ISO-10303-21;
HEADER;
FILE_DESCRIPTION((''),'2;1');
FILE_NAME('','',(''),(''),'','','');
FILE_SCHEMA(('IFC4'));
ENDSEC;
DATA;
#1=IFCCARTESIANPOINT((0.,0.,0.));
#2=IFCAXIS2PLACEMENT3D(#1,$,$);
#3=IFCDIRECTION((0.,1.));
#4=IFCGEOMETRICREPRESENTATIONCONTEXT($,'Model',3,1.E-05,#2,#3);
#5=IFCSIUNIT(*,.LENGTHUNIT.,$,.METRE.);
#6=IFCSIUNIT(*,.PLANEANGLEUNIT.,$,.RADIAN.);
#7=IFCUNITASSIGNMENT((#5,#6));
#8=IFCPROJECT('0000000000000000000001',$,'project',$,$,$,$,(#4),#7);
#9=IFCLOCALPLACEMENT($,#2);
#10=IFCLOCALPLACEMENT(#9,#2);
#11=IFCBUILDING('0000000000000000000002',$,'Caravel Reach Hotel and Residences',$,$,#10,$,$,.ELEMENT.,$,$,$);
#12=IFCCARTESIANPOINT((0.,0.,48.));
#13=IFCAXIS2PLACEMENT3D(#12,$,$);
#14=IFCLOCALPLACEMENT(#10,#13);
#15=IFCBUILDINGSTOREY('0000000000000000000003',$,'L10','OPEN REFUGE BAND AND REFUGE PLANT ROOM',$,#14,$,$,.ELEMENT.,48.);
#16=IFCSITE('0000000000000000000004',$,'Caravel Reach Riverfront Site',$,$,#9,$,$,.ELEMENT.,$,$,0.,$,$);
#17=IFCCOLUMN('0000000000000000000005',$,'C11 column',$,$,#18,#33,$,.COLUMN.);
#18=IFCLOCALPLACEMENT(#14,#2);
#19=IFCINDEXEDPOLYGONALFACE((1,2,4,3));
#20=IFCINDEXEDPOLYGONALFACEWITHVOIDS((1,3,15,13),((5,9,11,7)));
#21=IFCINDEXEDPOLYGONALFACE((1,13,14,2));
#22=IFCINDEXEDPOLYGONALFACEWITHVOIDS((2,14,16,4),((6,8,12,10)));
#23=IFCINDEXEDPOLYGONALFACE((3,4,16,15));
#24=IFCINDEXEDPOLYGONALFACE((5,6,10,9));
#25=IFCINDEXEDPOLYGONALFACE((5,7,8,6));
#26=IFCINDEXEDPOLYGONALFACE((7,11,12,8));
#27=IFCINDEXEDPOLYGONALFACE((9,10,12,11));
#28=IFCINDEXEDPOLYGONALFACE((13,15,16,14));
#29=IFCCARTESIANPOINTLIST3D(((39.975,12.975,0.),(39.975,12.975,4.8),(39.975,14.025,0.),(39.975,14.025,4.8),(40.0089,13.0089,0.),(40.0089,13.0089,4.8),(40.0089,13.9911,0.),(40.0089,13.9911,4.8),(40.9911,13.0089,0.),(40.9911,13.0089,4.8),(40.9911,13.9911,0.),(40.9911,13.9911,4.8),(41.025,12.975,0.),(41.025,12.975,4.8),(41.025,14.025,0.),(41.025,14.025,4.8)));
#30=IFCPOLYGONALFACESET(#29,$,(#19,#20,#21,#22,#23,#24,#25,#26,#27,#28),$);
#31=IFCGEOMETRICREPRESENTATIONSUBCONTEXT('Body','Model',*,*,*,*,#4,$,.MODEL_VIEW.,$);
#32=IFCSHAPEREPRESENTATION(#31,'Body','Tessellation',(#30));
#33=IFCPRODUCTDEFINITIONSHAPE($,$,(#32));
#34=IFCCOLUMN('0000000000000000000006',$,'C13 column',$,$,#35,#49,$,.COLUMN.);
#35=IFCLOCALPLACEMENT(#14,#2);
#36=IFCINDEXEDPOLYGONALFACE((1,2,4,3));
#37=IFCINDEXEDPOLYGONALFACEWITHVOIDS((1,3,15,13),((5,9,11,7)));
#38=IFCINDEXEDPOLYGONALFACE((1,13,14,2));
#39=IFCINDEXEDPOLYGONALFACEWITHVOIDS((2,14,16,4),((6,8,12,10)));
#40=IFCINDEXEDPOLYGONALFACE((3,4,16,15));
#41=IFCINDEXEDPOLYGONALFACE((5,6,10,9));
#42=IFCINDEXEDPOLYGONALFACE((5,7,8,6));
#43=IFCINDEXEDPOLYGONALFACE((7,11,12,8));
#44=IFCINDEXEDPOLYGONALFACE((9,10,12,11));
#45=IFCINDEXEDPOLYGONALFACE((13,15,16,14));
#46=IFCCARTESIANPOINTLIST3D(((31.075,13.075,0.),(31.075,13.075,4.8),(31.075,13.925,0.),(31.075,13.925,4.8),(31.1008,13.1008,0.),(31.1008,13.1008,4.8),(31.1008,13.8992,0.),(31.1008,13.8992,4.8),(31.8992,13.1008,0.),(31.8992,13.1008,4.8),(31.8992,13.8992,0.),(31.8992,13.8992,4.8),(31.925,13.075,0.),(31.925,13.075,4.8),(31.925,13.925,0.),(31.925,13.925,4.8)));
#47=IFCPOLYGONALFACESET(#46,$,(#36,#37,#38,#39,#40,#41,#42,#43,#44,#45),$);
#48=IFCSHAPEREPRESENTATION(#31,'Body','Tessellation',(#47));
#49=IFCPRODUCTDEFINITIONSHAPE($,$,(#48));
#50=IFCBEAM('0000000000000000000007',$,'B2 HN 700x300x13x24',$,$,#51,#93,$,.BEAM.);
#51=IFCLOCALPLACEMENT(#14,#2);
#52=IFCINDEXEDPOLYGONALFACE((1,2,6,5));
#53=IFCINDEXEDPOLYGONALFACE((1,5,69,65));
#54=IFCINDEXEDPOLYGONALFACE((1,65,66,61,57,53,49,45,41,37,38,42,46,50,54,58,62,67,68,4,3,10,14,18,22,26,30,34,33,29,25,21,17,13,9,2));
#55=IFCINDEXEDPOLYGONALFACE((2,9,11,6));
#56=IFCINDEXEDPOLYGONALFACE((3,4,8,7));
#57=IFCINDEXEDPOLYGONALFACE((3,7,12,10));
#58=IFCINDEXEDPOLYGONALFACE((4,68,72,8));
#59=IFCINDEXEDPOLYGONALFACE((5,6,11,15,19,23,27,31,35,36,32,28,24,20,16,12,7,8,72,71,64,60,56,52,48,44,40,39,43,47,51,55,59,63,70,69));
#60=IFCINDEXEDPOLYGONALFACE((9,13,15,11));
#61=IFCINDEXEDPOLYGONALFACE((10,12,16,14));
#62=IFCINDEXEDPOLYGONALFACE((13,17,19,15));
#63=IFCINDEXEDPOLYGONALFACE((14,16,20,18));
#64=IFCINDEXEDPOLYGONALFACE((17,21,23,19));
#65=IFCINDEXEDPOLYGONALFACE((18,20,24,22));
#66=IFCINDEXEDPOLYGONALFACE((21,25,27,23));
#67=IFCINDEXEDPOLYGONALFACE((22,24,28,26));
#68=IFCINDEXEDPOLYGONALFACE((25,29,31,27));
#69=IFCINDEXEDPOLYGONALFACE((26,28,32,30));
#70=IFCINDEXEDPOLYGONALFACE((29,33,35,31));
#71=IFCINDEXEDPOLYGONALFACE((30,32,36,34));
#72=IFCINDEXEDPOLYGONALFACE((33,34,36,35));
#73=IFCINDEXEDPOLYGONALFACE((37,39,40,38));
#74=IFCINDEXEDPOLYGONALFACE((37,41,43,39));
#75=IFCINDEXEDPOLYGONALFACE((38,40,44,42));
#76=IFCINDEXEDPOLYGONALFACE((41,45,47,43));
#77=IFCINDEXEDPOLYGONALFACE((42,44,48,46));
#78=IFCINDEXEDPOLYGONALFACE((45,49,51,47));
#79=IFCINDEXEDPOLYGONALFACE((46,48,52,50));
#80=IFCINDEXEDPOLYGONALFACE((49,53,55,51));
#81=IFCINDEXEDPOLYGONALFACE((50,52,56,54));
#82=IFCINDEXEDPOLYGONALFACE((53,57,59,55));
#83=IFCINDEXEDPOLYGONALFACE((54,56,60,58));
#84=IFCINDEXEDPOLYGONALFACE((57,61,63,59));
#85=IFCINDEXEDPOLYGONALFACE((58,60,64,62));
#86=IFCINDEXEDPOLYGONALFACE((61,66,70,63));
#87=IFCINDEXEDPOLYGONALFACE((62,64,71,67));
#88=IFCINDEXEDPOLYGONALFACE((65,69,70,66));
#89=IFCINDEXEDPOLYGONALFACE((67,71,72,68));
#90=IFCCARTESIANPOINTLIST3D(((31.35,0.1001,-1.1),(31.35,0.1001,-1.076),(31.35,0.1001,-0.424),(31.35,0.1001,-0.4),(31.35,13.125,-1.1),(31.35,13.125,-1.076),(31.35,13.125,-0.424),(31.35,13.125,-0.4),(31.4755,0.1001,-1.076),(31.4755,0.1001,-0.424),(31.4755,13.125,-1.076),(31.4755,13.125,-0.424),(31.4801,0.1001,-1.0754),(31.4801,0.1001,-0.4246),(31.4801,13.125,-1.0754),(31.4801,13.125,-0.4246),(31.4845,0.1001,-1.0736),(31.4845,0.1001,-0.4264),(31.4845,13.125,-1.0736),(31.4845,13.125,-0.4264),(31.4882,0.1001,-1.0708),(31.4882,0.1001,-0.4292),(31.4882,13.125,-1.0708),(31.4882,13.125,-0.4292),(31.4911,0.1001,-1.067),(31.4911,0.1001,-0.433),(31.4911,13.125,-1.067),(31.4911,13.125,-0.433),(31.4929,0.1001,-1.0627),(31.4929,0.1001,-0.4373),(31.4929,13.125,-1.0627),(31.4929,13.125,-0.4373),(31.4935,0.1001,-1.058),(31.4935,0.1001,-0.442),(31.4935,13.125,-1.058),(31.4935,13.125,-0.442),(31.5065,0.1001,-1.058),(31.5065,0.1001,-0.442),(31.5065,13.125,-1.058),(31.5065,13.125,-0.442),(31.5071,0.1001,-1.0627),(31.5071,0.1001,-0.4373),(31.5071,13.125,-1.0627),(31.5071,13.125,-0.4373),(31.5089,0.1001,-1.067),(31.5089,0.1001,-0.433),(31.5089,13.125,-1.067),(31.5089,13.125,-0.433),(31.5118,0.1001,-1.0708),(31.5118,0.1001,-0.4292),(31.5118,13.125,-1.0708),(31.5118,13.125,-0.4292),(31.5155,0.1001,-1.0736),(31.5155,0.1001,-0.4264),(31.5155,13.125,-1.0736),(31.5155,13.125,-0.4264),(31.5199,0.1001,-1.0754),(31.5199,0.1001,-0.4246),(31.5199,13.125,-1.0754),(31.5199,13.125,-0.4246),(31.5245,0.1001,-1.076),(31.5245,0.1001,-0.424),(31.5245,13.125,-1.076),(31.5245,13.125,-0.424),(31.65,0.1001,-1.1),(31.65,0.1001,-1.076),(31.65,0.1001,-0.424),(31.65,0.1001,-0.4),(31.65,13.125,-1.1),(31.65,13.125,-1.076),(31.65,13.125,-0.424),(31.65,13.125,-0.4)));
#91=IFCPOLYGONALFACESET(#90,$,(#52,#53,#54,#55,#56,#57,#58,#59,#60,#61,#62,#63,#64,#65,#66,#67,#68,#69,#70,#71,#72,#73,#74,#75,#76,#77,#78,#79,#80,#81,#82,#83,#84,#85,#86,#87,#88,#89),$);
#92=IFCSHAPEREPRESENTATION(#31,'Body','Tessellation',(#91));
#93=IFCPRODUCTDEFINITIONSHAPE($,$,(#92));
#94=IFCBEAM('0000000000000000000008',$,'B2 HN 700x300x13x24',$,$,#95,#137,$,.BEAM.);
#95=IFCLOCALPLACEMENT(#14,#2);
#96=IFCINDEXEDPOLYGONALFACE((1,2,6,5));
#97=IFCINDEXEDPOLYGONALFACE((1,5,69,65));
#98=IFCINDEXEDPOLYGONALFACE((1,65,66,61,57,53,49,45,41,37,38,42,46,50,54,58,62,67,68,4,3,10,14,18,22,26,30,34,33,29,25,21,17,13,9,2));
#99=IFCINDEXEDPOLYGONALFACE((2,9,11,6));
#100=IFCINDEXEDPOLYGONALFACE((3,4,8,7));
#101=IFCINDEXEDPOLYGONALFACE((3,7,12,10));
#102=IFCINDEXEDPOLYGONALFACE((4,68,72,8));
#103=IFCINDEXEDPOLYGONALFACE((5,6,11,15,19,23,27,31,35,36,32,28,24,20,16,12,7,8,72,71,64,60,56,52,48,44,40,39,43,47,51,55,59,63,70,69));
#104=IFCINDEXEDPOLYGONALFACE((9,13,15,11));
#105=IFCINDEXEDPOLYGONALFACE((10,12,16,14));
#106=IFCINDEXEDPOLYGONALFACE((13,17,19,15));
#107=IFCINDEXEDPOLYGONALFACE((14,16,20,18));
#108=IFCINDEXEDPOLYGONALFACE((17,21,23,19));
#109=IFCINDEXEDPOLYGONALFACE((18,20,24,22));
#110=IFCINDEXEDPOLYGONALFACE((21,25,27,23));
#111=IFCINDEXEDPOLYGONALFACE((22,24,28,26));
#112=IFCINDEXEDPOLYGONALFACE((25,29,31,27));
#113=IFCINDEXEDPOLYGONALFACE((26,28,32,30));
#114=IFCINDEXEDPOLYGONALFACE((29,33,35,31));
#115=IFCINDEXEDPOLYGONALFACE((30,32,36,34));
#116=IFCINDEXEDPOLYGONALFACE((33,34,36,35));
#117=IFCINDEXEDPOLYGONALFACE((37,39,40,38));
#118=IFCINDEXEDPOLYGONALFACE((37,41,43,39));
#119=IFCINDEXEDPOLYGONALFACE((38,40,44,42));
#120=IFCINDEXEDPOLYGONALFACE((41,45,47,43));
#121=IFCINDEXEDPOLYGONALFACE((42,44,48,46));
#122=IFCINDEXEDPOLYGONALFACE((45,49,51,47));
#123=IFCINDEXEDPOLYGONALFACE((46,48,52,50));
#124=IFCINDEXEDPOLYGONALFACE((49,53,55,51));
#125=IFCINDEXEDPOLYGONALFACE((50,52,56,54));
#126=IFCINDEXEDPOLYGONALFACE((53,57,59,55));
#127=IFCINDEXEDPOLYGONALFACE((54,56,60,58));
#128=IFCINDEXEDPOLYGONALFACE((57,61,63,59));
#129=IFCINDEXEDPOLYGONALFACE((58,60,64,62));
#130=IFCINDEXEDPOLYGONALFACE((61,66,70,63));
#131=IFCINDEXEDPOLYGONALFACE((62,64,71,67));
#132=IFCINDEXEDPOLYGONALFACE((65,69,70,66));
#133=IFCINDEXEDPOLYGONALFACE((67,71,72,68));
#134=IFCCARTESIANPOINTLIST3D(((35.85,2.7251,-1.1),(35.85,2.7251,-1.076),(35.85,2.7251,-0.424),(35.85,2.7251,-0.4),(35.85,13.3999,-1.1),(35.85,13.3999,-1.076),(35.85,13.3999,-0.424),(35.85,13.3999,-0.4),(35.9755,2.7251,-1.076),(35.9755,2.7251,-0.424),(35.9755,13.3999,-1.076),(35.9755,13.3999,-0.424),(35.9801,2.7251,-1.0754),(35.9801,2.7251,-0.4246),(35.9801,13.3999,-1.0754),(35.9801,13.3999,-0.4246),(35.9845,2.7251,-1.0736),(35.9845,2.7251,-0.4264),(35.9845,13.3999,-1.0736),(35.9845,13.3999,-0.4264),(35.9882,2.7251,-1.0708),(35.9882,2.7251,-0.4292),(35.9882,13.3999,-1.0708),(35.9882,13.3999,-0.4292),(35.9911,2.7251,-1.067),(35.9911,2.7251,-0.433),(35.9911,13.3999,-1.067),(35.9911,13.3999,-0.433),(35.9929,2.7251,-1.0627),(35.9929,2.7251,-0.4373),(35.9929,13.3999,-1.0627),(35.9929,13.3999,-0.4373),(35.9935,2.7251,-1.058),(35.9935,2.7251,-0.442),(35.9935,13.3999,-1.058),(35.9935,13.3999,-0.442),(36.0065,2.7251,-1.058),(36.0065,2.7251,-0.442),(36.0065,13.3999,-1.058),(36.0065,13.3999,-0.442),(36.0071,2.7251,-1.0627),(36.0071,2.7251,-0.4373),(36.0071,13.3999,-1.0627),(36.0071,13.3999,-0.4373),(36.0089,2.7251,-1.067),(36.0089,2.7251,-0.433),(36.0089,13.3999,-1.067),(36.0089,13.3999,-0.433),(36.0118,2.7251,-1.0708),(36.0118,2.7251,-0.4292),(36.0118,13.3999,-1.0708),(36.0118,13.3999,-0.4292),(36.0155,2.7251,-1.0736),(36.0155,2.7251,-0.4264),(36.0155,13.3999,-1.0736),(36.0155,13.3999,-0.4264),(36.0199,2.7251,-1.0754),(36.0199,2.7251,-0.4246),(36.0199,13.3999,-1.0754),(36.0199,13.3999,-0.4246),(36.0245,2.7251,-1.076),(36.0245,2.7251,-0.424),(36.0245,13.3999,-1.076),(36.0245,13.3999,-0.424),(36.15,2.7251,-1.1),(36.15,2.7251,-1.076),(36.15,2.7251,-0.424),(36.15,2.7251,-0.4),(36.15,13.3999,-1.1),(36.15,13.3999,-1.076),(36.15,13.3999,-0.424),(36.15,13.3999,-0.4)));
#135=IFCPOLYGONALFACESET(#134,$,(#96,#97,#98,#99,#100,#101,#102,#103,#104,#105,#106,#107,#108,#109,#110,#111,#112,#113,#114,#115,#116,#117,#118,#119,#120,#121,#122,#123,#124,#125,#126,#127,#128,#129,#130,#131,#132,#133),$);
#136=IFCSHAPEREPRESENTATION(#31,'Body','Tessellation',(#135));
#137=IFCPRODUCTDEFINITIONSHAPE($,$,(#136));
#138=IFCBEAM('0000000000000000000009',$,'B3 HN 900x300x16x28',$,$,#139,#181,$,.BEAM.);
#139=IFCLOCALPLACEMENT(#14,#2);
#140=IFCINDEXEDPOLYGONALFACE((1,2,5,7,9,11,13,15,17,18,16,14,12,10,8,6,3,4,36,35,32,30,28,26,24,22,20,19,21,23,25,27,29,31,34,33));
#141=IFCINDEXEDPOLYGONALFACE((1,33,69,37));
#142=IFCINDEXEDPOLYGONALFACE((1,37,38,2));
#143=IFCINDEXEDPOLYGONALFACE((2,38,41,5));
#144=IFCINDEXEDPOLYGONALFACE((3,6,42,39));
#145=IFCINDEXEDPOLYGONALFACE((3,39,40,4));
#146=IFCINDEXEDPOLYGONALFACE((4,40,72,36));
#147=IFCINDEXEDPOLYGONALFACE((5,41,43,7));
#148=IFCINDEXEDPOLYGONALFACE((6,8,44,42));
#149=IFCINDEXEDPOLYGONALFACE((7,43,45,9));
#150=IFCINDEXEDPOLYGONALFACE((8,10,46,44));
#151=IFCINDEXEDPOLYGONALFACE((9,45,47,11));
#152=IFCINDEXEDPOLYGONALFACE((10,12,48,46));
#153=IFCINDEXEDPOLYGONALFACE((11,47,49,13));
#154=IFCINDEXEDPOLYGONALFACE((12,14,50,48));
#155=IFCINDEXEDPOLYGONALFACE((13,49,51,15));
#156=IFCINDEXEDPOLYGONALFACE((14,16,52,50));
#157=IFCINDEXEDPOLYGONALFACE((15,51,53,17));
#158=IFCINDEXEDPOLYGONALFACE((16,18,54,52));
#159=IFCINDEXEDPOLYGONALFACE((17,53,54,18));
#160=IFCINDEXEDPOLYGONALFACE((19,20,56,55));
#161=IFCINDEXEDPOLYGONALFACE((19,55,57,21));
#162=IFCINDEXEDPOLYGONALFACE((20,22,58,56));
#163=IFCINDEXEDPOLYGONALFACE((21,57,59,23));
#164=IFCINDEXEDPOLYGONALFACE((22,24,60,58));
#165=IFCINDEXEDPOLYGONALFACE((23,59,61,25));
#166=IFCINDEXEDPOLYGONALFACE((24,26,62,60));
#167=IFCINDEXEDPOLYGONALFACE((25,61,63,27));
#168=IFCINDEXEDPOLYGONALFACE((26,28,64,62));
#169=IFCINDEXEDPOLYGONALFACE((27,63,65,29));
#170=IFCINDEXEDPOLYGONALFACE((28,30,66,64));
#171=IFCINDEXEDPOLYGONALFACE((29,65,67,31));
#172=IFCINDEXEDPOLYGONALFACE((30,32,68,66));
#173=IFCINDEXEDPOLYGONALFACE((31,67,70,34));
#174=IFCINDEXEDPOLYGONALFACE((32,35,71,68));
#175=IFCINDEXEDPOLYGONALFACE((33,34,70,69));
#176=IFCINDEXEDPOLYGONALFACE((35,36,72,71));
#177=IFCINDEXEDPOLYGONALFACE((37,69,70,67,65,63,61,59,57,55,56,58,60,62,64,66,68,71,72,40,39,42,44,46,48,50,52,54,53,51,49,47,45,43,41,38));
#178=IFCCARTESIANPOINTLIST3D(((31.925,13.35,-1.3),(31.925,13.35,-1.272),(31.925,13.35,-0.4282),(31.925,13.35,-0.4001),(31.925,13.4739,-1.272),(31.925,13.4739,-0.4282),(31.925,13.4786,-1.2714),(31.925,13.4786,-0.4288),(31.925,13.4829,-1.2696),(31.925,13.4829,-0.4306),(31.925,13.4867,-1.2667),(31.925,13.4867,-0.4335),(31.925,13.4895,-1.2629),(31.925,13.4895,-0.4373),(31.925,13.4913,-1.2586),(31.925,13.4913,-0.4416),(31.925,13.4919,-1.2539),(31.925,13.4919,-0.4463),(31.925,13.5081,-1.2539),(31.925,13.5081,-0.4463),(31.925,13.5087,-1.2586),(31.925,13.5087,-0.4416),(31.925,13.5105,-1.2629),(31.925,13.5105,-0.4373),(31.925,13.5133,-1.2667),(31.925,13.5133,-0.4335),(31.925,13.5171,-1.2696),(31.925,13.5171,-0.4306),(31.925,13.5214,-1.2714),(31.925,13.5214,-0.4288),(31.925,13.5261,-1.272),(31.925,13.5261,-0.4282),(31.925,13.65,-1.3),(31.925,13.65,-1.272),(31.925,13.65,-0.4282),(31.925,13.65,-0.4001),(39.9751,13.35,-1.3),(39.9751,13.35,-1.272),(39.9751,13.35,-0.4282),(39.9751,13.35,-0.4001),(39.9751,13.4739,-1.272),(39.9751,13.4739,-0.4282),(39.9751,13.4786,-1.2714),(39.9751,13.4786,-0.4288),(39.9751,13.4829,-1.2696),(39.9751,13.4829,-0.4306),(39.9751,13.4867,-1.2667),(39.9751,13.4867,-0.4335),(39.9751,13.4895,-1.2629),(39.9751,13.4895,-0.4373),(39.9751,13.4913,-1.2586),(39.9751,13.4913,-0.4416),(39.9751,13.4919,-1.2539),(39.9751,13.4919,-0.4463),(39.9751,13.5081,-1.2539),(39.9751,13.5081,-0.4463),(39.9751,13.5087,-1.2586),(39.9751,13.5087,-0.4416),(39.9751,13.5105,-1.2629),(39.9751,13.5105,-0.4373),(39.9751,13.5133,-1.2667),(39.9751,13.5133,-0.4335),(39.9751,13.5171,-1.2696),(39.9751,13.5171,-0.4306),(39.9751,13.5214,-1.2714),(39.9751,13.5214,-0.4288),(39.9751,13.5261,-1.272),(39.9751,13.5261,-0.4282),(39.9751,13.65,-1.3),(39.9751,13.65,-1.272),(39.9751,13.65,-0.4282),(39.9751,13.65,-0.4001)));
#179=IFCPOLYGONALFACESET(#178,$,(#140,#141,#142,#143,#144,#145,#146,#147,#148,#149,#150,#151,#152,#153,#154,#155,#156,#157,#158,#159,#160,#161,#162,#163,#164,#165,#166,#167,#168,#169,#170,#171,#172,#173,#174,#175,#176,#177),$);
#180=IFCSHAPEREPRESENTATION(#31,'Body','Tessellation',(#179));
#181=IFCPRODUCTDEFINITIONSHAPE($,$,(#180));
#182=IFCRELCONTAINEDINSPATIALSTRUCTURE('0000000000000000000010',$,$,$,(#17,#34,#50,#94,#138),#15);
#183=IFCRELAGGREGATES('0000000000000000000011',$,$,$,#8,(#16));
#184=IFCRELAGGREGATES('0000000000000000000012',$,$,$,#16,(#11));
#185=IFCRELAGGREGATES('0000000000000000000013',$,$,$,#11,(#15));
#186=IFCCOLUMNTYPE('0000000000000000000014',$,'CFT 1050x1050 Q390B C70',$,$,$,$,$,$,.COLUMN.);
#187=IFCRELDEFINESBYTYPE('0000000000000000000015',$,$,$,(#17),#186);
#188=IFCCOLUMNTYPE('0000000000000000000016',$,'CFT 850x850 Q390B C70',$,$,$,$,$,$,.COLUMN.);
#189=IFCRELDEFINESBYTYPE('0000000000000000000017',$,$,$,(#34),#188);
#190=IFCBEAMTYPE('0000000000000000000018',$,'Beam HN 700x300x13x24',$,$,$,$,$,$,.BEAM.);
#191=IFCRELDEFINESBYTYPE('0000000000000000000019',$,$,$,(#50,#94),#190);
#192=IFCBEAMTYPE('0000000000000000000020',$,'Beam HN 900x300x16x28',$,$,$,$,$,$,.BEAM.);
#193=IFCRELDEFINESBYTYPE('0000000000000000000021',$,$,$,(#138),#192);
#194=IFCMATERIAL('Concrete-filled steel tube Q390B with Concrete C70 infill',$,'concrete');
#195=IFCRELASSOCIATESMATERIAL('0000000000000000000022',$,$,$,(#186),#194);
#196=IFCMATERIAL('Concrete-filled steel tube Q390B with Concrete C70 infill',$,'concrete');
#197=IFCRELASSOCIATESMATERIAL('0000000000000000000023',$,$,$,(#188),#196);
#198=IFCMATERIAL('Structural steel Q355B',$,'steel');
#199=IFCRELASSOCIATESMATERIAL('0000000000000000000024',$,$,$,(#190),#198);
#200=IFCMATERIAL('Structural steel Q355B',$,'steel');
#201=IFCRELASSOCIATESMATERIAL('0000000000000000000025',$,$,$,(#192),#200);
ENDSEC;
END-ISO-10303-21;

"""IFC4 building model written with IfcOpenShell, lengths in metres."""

from ifc_helpers import new_model, si_unit, direction, frame, origin, origin_2d, place, context, subcontext, project, spatial, hollow_rectangle, i_section, extrude, material, material_profile, profile_set, type_object, element, save


model = new_model("IFC4")

# Units and contexts
model_context = context("Model", 3, precision=1e-05, world=origin(), true_north=direction((0.0, 1.0)))
body_context = subcontext(model_context, "Body", "Model", "MODEL_VIEW")
ifc_project = project(units=[si_unit("LENGTHUNIT", "METRE"), si_unit("PLANEANGLEUNIT", "RADIAN")], contexts=[model_context])

# Site, building, storey
site_placement = place(None, origin())
site = spatial("IfcSite", under=ifc_project, at=site_placement, Name="Caravel Reach Riverfront Site", CompositionType="ELEMENT", RefElevation=0.0)
building_placement = place(site_placement, origin())
building = spatial("IfcBuilding", under=site, at=building_placement, Name="Caravel Reach Hotel and Residences", CompositionType="ELEMENT")
storey_placement = place(building_placement, frame((0.0, 0.0, 48.0)))
storey = spatial("IfcBuildingStorey", under=building, at=storey_placement, Name="L10", Description="OPEN REFUGE BAND AND REFUGE PLANT ROOM", CompositionType="ELEMENT", Elevation=48.0)

# Columns
ifc_material_1 = material(Name="Concrete-filled steel tube Q390B with Concrete C70 infill", Category="concrete")
ifc_material_profile_1 = material_profile(ifc_material_1, hollow_rectangle(XDim=1.05, YDim=1.05, WallThickness=0.0339, at=origin_2d()), Name="RHS 1050x1050x34")
ifc_profile_set_1 = profile_set([ifc_material_profile_1], Name="Concrete-filled steel tube Q390B with Concrete C70 infill")
column_type_1 = type_object("IfcColumnType", Name="CFT 1050x1050 Q390B C70", PredefinedType="COLUMN", material=ifc_profile_set_1)
column_1_placement = place(storey_placement, frame((40.5, 13.5, 0.0), z_axis=(0.0, 0.0, 1.0), x_axis=(1.0, 0.0, 0.0)))
element("IfcColumn", 1, at=column_1_placement, inside=storey, type_object=column_type_1, Name="C11 column", PredefinedType="COLUMN", context=body_context, shape_type="SweptSolid", body=[
    extrude(hollow_rectangle(XDim=1.05, YDim=1.05, WallThickness=0.0339, at=origin_2d()), origin(), (0.0, 0.0, 1.0), 4.8),
])
ifc_material_2 = material(Name="Concrete-filled steel tube Q390B with Concrete C70 infill", Category="concrete")
ifc_material_profile_2 = material_profile(ifc_material_2, hollow_rectangle(XDim=0.8501, YDim=0.8501, WallThickness=0.0259, at=origin_2d()), Name="RHS 850x850x26")
ifc_profile_set_2 = profile_set([ifc_material_profile_2], Name="Concrete-filled steel tube Q390B with Concrete C70 infill")
column_type_2 = type_object("IfcColumnType", Name="CFT 850x850 Q390B C70", PredefinedType="COLUMN", material=ifc_profile_set_2)
column_2_placement = place(storey_placement, frame((31.5, 13.5, 0.0), z_axis=(0.0, 0.0, 1.0), x_axis=(1.0, 0.0, 0.0)))
element("IfcColumn", 2, at=column_2_placement, inside=storey, type_object=column_type_2, Name="C13 column", PredefinedType="COLUMN", context=body_context, shape_type="SweptSolid", body=[
    extrude(hollow_rectangle(XDim=0.8501, YDim=0.8501, WallThickness=0.0259, at=origin_2d()), origin(), (0.0, 0.0, 1.0), 4.8),
])

# Beams
ifc_material_3 = material(Name="Structural steel Q355B", Category="steel")
ifc_material_profile_3 = material_profile(ifc_material_3, i_section(OverallWidth=0.3, OverallDepth=0.7, WebThickness=0.0129, FlangeThickness=0.0239, FilletRadius=0.0181, at=origin_2d()), Name="HN 700x300x13x24")
ifc_profile_set_3 = profile_set([ifc_material_profile_3], Name="Structural steel Q355B")
beam_type_1 = type_object("IfcBeamType", Name="Beam HN 700x300x13x24", PredefinedType="BEAM", material=ifc_profile_set_3)
beam_1_placement = place(storey_placement, frame((31.5, 13.125, -0.75), z_axis=(0.0, -1.0, 0.0), x_axis=(1.0, 0.0, 0.0)))
element("IfcBeam", 3, at=beam_1_placement, inside=storey, type_object=beam_type_1, Name="B2 HN 700x300x13x24", PredefinedType="BEAM", context=body_context, shape_type="SweptSolid", body=[
    extrude(i_section(OverallWidth=0.3, OverallDepth=0.7, WebThickness=0.0129, FlangeThickness=0.0239, FilletRadius=0.0181, at=origin_2d()), origin(), (0.0, 0.0, 1.0), 13.0249),
])
beam_2_placement = place(storey_placement, frame((36.0, 13.3999, -0.75), z_axis=(0.0, -1.0, 0.0), x_axis=(1.0, 0.0, 0.0)))
element("IfcBeam", 4, at=beam_2_placement, inside=storey, type_object=beam_type_1, Name="B2 HN 700x300x13x24", PredefinedType="BEAM", context=body_context, shape_type="SweptSolid", body=[
    extrude(i_section(OverallWidth=0.3, OverallDepth=0.7, WebThickness=0.0129, FlangeThickness=0.0239, FilletRadius=0.0181, at=origin_2d()), origin(), (0.0, 0.0, 1.0), 10.6748),
])
ifc_material_4 = material(Name="Structural steel Q355B", Category="steel")
ifc_material_profile_4 = material_profile(ifc_material_4, i_section(OverallWidth=0.3, OverallDepth=0.8999, WebThickness=0.0161, FlangeThickness=0.0281, FilletRadius=0.0181, at=origin_2d()), Name="HN 900x300x16x28")
ifc_profile_set_4 = profile_set([ifc_material_profile_4], Name="Structural steel Q355B")
beam_type_2 = type_object("IfcBeamType", Name="Beam HN 900x300x16x28", PredefinedType="BEAM", material=ifc_profile_set_4)
beam_3_placement = place(storey_placement, frame((31.925, 13.5, -0.8501), z_axis=(1.0, 0.0, 0.0), x_axis=(0.0, 1.0, 0.0)))
element("IfcBeam", 5, at=beam_3_placement, inside=storey, type_object=beam_type_2, Name="B3 HN 900x300x16x28", PredefinedType="BEAM", context=body_context, shape_type="SweptSolid", body=[
    extrude(i_section(OverallWidth=0.3, OverallDepth=0.8999, WebThickness=0.0161, FlangeThickness=0.0281, FilletRadius=0.0181, at=origin_2d()), origin(), (0.0, 0.0, 1.0), 8.05),
])

save(model, "model.ifc")
